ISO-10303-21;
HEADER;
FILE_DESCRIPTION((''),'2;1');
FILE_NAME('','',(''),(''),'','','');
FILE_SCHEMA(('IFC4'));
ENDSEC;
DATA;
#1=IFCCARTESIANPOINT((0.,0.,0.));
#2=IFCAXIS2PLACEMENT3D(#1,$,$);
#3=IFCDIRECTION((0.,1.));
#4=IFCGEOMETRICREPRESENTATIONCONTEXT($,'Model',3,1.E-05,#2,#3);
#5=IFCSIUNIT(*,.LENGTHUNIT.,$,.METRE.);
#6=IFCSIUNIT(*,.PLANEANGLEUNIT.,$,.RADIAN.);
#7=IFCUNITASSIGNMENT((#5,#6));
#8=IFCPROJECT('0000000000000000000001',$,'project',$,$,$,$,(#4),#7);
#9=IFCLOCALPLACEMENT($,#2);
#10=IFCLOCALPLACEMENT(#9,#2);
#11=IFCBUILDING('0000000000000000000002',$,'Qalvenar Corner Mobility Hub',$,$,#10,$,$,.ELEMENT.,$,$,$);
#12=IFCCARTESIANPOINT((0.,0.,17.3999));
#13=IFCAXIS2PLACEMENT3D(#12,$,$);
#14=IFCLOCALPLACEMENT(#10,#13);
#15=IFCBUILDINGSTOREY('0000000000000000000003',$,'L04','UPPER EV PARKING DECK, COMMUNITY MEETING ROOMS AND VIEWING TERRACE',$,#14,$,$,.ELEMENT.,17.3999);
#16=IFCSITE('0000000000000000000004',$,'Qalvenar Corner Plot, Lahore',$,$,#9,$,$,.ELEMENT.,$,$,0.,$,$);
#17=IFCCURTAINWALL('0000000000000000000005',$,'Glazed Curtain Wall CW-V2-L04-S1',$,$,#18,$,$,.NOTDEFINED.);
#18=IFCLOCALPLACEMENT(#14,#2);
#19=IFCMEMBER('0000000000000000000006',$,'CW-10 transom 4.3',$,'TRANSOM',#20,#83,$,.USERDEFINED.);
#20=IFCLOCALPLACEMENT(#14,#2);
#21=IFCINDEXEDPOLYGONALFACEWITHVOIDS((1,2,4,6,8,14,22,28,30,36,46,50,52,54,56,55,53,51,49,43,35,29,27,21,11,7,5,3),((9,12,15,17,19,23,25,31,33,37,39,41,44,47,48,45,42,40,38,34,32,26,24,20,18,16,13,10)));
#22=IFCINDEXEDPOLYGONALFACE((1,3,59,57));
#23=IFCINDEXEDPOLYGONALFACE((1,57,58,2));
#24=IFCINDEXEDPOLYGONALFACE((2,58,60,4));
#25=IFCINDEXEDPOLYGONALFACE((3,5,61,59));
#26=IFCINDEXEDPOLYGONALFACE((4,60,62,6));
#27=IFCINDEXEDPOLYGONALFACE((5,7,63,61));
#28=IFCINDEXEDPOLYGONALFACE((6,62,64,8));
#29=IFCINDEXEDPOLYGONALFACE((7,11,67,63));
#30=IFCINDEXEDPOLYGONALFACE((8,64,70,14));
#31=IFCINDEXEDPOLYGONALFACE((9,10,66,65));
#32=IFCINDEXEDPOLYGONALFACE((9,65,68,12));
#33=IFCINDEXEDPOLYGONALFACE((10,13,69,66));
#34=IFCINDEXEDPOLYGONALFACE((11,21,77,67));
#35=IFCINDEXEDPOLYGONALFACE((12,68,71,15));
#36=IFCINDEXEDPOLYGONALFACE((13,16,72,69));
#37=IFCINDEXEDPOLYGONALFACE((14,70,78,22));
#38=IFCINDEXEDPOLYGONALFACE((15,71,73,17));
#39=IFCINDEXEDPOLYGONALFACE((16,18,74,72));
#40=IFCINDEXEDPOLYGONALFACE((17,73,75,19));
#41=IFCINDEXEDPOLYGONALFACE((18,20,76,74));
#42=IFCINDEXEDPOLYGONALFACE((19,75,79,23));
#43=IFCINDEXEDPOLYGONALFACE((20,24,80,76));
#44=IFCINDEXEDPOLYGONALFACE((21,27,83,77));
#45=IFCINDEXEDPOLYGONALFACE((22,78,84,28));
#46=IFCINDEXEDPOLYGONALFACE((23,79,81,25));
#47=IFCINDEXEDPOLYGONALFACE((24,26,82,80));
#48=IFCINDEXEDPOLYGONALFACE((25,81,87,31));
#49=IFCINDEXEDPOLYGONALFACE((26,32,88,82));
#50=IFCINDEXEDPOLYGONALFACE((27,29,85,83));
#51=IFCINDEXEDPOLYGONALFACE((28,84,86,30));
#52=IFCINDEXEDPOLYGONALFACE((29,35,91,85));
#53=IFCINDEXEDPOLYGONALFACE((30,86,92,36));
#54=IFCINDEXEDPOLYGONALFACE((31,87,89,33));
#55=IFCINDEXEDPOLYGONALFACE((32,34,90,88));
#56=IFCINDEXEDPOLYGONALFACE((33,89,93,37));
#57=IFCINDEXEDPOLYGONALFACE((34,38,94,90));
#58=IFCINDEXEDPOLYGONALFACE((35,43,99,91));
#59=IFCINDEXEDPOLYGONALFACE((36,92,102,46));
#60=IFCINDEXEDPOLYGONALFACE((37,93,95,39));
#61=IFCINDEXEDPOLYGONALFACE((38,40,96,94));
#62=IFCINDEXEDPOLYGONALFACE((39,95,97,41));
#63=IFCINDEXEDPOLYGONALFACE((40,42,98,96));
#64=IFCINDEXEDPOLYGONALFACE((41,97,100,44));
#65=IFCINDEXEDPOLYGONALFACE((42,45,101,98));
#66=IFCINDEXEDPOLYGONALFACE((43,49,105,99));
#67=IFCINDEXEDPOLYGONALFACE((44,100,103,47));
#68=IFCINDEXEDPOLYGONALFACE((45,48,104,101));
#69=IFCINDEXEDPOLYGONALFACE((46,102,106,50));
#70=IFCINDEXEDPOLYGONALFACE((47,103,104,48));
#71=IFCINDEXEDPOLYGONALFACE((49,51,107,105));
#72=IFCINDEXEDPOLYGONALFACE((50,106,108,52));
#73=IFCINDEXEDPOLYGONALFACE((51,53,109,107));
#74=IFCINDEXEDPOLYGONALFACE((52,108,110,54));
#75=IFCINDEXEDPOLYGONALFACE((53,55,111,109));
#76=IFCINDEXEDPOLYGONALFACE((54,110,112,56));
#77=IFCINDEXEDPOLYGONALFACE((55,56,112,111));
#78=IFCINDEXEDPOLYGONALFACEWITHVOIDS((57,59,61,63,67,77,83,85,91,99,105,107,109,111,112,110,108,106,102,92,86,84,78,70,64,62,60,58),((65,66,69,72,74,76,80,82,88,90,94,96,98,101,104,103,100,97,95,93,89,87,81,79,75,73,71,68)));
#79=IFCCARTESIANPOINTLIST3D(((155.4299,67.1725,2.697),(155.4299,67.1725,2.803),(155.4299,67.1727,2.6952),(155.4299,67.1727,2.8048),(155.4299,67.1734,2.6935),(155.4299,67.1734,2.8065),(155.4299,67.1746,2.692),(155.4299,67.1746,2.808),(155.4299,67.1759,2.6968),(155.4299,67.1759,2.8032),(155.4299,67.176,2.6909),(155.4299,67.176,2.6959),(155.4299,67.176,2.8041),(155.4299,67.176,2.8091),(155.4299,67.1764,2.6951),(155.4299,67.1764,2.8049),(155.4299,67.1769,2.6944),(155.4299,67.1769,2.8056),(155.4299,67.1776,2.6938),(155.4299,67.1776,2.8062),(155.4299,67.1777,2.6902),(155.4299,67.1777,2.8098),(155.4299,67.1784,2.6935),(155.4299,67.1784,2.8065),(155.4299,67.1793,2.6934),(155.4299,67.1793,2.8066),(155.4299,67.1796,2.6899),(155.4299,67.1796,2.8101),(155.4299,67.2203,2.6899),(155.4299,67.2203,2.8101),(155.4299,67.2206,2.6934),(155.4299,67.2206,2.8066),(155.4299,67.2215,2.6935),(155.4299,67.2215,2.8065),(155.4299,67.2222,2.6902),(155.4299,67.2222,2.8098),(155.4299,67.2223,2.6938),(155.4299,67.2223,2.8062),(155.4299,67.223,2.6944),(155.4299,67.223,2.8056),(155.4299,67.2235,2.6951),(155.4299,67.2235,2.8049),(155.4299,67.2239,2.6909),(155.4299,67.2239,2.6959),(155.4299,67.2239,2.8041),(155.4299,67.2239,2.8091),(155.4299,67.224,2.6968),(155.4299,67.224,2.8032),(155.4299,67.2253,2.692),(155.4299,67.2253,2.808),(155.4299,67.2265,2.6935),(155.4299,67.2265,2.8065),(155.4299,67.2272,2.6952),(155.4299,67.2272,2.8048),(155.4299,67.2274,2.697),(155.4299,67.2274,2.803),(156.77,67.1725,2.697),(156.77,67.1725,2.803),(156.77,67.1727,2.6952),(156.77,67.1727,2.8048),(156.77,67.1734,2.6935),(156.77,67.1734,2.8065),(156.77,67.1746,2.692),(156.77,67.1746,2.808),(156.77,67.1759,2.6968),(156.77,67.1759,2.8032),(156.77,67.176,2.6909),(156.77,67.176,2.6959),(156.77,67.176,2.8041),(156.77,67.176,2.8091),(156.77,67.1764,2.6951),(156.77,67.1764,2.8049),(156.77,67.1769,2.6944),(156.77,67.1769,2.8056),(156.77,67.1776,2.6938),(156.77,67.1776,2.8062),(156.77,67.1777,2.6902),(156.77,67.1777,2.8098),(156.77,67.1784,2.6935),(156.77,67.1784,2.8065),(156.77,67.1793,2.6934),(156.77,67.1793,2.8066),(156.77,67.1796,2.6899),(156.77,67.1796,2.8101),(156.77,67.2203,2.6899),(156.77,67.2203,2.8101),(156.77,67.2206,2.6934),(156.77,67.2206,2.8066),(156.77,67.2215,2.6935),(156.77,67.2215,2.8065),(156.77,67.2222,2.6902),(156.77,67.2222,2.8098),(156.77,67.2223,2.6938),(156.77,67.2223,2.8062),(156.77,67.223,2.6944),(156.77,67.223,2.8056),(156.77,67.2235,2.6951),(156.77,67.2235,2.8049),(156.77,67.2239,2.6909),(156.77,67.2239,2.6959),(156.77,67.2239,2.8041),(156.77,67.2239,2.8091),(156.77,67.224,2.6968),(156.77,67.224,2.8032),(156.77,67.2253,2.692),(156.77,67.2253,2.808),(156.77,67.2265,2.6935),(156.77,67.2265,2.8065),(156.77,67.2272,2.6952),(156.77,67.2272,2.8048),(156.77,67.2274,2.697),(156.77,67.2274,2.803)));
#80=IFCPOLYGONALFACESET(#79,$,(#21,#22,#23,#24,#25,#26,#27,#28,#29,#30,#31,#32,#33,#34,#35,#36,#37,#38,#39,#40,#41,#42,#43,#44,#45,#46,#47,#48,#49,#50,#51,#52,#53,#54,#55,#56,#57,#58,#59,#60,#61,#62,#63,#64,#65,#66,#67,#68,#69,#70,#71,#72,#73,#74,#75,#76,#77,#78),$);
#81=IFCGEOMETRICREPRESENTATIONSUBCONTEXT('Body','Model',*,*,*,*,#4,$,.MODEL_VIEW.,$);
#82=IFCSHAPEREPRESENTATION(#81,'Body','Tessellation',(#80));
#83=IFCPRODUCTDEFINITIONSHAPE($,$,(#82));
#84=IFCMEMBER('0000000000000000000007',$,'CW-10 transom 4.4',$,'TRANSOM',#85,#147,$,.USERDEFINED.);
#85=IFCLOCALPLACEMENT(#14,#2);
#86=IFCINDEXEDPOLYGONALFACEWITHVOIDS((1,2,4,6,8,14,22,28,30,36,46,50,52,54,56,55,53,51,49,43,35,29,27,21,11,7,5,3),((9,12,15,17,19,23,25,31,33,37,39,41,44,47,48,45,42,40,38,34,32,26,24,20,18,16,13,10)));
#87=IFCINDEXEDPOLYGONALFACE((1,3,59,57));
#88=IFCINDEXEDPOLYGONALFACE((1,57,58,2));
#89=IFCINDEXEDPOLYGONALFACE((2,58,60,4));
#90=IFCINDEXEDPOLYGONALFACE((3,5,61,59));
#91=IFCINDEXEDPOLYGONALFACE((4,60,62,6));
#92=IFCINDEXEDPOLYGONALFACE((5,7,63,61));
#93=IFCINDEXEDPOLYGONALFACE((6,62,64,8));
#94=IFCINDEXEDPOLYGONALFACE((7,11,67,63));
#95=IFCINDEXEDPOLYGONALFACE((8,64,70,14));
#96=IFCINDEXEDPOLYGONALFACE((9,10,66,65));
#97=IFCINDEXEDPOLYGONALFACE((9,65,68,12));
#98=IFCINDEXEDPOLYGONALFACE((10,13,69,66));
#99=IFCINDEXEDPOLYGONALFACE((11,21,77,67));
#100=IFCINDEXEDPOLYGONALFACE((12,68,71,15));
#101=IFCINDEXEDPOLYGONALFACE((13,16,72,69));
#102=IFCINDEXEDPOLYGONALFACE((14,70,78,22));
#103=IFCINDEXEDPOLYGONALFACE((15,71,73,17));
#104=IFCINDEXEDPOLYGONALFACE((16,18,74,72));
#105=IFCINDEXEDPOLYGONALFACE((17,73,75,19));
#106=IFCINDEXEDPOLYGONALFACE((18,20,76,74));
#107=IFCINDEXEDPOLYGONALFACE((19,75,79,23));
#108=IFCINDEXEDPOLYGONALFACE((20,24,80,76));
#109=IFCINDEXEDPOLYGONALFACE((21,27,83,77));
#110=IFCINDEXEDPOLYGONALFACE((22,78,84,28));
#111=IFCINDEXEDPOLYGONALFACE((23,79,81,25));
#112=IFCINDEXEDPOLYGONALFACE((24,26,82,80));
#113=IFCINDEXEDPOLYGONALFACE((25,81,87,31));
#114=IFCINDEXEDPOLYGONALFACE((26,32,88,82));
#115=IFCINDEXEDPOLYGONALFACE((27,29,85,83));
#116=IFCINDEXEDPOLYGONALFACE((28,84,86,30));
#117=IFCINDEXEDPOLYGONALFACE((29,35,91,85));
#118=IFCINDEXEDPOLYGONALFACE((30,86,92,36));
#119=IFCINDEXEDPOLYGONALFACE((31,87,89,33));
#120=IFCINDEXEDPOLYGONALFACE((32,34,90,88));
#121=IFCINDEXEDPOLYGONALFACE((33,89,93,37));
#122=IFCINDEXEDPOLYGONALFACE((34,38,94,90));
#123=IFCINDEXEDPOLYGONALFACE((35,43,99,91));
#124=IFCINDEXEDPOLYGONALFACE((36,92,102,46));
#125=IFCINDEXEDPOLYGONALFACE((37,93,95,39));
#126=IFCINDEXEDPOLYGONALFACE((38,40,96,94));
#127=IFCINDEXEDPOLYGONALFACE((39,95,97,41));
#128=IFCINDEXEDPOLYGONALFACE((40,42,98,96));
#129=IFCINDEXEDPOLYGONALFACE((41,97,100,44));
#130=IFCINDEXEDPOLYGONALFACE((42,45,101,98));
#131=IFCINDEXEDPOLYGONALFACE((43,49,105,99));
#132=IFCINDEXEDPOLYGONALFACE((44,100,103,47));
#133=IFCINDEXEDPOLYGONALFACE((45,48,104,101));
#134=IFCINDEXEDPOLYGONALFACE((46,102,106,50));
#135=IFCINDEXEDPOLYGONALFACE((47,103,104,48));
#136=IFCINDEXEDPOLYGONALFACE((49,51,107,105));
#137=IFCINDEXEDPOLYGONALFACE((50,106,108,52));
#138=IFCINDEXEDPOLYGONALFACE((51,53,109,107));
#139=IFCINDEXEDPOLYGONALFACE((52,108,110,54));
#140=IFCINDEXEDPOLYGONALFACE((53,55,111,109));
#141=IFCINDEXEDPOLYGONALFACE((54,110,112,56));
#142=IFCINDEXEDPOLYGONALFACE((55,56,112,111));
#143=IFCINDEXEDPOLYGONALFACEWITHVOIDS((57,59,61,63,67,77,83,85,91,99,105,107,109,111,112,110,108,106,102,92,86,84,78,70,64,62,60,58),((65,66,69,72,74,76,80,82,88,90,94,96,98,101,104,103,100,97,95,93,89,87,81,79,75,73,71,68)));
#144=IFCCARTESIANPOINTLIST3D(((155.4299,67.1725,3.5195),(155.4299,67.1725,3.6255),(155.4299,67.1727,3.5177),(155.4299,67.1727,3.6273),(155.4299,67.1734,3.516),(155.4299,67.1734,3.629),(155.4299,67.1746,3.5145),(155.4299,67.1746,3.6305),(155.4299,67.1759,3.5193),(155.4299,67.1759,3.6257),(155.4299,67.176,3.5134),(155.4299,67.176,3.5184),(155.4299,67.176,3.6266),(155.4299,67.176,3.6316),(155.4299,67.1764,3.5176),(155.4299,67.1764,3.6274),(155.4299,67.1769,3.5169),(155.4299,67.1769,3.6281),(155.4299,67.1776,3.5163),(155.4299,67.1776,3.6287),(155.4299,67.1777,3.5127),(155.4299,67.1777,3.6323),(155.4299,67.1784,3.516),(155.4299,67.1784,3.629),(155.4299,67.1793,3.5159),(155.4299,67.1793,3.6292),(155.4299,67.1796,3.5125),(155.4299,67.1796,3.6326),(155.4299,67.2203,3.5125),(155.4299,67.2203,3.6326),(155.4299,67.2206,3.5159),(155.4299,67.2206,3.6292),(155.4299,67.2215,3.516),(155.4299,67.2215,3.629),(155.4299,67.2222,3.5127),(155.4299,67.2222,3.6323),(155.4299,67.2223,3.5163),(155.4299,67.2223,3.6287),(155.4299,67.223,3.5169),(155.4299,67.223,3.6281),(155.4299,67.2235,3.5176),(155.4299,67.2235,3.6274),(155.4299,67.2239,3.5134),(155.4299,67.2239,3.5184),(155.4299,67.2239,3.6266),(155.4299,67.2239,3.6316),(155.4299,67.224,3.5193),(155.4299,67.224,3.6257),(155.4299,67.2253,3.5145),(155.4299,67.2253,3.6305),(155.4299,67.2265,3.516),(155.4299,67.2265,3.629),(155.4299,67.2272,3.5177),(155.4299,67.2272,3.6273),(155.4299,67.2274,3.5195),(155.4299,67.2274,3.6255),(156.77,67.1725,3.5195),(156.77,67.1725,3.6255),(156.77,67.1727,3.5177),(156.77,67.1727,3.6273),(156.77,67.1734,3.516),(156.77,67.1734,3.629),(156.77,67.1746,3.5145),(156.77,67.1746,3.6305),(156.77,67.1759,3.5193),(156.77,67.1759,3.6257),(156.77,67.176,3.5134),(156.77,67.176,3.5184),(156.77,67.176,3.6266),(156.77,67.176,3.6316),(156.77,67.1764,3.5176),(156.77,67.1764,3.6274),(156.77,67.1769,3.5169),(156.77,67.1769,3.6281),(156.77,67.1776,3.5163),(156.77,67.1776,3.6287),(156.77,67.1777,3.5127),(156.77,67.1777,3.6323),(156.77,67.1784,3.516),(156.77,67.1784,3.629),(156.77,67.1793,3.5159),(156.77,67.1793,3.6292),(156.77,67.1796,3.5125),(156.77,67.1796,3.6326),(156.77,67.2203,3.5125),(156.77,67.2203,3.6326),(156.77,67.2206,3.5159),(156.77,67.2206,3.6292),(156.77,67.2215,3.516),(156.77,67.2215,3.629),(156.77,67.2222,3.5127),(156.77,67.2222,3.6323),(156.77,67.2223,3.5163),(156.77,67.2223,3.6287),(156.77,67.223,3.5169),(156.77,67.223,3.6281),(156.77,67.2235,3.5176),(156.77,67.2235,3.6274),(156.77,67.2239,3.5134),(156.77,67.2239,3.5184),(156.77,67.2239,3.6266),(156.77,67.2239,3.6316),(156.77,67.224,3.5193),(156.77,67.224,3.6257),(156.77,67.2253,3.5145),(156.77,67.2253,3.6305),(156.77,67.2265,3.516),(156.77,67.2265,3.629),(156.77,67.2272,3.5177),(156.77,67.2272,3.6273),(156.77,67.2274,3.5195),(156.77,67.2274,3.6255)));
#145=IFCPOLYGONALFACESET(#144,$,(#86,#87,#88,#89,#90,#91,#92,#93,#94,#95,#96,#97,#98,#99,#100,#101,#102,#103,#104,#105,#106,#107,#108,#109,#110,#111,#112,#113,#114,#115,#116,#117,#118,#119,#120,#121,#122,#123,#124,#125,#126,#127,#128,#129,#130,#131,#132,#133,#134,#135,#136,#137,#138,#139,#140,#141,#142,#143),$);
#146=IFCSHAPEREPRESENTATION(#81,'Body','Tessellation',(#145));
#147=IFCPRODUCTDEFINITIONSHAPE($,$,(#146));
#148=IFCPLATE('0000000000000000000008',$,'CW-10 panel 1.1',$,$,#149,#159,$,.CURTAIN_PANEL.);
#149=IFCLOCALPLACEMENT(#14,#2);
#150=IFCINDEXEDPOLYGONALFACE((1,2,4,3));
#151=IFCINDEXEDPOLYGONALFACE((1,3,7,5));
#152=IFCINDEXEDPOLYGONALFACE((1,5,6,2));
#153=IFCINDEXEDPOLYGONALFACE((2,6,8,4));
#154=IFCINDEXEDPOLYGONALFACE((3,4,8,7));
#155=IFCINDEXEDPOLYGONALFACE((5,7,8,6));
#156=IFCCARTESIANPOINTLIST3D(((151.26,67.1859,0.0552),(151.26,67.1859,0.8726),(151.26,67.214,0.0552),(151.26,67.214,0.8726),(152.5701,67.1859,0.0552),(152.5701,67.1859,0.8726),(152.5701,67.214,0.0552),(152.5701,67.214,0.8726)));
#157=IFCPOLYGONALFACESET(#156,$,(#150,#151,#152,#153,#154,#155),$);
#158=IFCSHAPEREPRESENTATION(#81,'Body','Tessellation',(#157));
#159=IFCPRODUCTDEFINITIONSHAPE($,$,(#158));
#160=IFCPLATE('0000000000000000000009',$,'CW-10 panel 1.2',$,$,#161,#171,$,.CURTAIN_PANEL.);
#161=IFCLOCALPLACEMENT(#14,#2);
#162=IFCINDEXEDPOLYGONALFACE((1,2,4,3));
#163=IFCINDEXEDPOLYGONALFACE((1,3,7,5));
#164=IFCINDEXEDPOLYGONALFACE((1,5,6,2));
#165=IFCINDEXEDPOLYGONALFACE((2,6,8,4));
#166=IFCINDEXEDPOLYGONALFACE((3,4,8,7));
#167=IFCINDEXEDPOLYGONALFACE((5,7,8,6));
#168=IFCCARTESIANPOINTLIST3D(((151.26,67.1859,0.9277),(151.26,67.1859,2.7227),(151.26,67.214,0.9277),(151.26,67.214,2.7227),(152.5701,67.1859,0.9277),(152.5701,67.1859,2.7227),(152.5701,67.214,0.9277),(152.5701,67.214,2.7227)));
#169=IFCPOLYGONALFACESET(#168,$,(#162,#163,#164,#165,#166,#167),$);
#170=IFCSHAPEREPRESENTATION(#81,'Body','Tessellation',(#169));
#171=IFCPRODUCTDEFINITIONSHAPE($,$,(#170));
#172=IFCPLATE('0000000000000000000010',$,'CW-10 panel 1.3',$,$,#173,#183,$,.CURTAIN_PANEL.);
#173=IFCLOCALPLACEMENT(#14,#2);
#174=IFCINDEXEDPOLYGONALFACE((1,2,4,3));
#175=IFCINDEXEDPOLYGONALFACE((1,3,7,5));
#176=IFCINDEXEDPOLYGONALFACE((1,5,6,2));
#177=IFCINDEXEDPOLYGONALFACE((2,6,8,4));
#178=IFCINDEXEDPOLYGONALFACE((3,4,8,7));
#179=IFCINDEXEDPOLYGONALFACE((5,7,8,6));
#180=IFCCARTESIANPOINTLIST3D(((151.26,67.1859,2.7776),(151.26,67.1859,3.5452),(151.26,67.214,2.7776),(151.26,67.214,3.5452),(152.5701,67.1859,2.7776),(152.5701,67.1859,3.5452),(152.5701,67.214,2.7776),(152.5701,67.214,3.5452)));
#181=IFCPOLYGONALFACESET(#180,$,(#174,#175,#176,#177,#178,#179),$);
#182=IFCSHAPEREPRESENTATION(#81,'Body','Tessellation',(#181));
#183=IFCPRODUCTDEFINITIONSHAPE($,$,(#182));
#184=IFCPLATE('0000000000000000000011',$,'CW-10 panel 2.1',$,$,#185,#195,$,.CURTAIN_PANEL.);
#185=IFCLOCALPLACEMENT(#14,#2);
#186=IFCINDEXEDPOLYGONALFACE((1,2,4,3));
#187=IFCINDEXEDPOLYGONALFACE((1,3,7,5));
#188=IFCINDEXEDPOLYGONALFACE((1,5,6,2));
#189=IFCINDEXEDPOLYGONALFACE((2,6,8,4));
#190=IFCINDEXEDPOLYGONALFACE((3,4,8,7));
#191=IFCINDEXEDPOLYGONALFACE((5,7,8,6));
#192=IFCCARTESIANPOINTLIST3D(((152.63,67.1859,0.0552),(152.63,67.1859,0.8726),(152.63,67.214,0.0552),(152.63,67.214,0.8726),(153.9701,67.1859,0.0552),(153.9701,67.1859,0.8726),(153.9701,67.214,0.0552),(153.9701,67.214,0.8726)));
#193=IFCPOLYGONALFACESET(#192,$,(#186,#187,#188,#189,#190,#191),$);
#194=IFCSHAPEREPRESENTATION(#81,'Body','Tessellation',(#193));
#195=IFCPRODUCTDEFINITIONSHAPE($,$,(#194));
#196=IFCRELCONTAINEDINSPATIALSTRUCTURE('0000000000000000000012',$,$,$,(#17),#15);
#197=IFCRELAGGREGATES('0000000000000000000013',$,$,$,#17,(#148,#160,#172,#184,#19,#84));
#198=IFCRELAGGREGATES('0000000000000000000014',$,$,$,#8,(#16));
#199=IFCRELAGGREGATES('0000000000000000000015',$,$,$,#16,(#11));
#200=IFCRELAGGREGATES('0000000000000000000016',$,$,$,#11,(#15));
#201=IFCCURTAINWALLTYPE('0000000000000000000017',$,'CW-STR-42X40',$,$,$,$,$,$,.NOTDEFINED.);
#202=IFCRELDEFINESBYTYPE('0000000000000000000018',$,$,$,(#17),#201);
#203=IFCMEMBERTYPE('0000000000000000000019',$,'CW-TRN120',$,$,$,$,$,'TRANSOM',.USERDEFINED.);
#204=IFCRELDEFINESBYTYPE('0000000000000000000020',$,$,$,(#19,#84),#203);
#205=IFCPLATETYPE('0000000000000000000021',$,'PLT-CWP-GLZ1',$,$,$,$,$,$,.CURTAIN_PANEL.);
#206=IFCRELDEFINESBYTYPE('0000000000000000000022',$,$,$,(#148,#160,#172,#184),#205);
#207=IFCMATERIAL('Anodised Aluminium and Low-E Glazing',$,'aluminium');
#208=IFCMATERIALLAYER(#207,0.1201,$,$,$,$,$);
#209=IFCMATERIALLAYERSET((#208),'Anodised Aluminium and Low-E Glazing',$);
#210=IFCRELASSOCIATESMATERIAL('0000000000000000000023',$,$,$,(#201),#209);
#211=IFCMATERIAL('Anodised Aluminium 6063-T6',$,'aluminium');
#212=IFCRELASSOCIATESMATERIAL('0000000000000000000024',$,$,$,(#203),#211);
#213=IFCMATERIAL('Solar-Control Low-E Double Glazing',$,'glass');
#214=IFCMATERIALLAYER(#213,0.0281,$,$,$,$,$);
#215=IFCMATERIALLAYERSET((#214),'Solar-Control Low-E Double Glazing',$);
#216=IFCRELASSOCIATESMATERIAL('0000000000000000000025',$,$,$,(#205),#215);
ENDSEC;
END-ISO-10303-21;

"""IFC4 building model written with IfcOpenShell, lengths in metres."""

from ifc_helpers import new_model, si_unit, direction, frame, origin, origin_2d, place, context, subcontext, project, spatial, rectangle, hollow_rectangle, extrude, material, layer, layer_set, material_profile, profile_set, type_object, element, aggregate, save


model = new_model("IFC4")

# Units and contexts
model_context = context("Model", 3, precision=1e-05, world=origin(), true_north=direction((0.0, 1.0)))
body_context = subcontext(model_context, "Body", "Model", "MODEL_VIEW")
ifc_project = project(units=[si_unit("LENGTHUNIT", "METRE"), si_unit("PLANEANGLEUNIT", "RADIAN")], contexts=[model_context])

# Site, building, storey
site_placement = place(None, origin())
site = spatial("IfcSite", under=ifc_project, at=site_placement, Name="Qalvenar Corner Plot, Lahore", CompositionType="ELEMENT", RefElevation=0.0)
building_placement = place(site_placement, origin())
building = spatial("IfcBuilding", under=site, at=building_placement, Name="Qalvenar Corner Mobility Hub", CompositionType="ELEMENT")
storey_placement = place(building_placement, frame((0.0, 0.0, 17.3999)))
storey = spatial("IfcBuildingStorey", under=building, at=storey_placement, Name="L04", Description="UPPER EV PARKING DECK, COMMUNITY MEETING ROOMS AND VIEWING TERRACE", CompositionType="ELEMENT", Elevation=17.3999)

# Curtain wall, members, plates
ifc_material_1 = material(Name="Anodised Aluminium and Low-E Glazing", Category="aluminium")
ifc_layer_1 = layer(ifc_material_1, 0.1201)
ifc_layer_set_1 = layer_set([ifc_layer_1], Name="Anodised Aluminium and Low-E Glazing")
curtain_wall_type = type_object("IfcCurtainWallType", Name="CW-STR-42X40", PredefinedType="NOTDEFINED", material=ifc_layer_set_1)
curtain_wall_placement = place(storey_placement, origin())
curtain_wall = element("IfcCurtainWall", 1, at=curtain_wall_placement, inside=storey, type_object=curtain_wall_type, Name="Glazed Curtain Wall CW-V2-L04-S1", PredefinedType="NOTDEFINED")
ifc_material_2 = material(Name="Anodised Aluminium 6063-T6", Category="aluminium")
ifc_material_profile_1 = material_profile(ifc_material_2, hollow_rectangle(XDim=0.0549, YDim=0.1201, WallThickness=0.0034, InnerFilletRadius=0.0034, OuterFilletRadius=0.0071, at=origin_2d()), Name="RHS120x55x3.5")
ifc_profile_set_1 = profile_set([ifc_material_profile_1], Name="Anodised Aluminium 6063-T6")
member_type_1 = type_object("IfcMemberType", Name="CW-TRN120", ElementType="TRANSOM", PredefinedType="USERDEFINED", material=ifc_profile_set_1)
member_1_placement = place(storey_placement, frame((155.4299, 67.2, 2.75), z_axis=(1.0, 0.0, 0.0), x_axis=(0.0, 1.0, 0.0)))
member_1 = element("IfcMember", 2, at=member_1_placement, type_object=member_type_1, Name="CW-10 transom 4.3", ObjectType="TRANSOM", PredefinedType="USERDEFINED", context=body_context, shape_type="SweptSolid", body=[
    extrude(hollow_rectangle(XDim=0.0549, YDim=0.1201, WallThickness=0.0034, InnerFilletRadius=0.0034, OuterFilletRadius=0.0071, at=origin_2d()), origin(), (0.0, 0.0, 1.0), 1.3401),
])
member_2_placement = place(storey_placement, frame((155.4299, 67.2, 3.5725), z_axis=(1.0, 0.0, 0.0), x_axis=(0.0, 1.0, 0.0)))
member_2 = element("IfcMember", 3, at=member_2_placement, type_object=member_type_1, Name="CW-10 transom 4.4", ObjectType="TRANSOM", PredefinedType="USERDEFINED", context=body_context, shape_type="SweptSolid", body=[
    extrude(hollow_rectangle(XDim=0.0549, YDim=0.1201, WallThickness=0.0034, InnerFilletRadius=0.0034, OuterFilletRadius=0.0071, at=origin_2d()), origin(), (0.0, 0.0, 1.0), 1.3401),
])
ifc_material_3 = material(Name="Solar-Control Low-E Double Glazing", Category="glass")
ifc_layer_2 = layer(ifc_material_3, 0.0281)
ifc_layer_set_2 = layer_set([ifc_layer_2], Name="Solar-Control Low-E Double Glazing")
plate_type = type_object("IfcPlateType", Name="PLT-CWP-GLZ1", PredefinedType="CURTAIN_PANEL", material=ifc_layer_set_2)
plate_1_placement = place(storey_placement, frame((151.915, 67.2, 0.0552), z_axis=(0.0, 0.0, 1.0), x_axis=(1.0, 0.0, 0.0)))
plate_1 = element("IfcPlate", 4, at=plate_1_placement, type_object=plate_type, Name="CW-10 panel 1.1", PredefinedType="CURTAIN_PANEL", context=body_context, shape_type="SweptSolid", body=[
    extrude(rectangle(XDim=1.3101, YDim=0.0281, at=origin_2d()), origin(), (0.0, 0.0, 1.0), 0.8174),
])
plate_2_placement = place(storey_placement, frame((151.915, 67.2, 0.9277), z_axis=(0.0, 0.0, 1.0), x_axis=(1.0, 0.0, 0.0)))
plate_2 = element("IfcPlate", 5, at=plate_2_placement, type_object=plate_type, Name="CW-10 panel 1.2", PredefinedType="CURTAIN_PANEL", context=body_context, shape_type="SweptSolid", body=[
    extrude(rectangle(XDim=1.3101, YDim=0.0281, at=origin_2d()), origin(), (0.0, 0.0, 1.0), 1.7949),
])
plate_3_placement = place(storey_placement, frame((151.915, 67.2, 2.7776), z_axis=(0.0, 0.0, 1.0), x_axis=(1.0, 0.0, 0.0)))
plate_3 = element("IfcPlate", 6, at=plate_3_placement, type_object=plate_type, Name="CW-10 panel 1.3", PredefinedType="CURTAIN_PANEL", context=body_context, shape_type="SweptSolid", body=[
    extrude(rectangle(XDim=1.3101, YDim=0.0281, at=origin_2d()), origin(), (0.0, 0.0, 1.0), 0.7676),
])
plate_4_placement = place(storey_placement, frame((153.3, 67.2, 0.0552), z_axis=(0.0, 0.0, 1.0), x_axis=(1.0, 0.0, 0.0)))
plate_4 = element("IfcPlate", 7, at=plate_4_placement, type_object=plate_type, Name="CW-10 panel 2.1", PredefinedType="CURTAIN_PANEL", context=body_context, shape_type="SweptSolid", body=[
    extrude(rectangle(XDim=1.3401, YDim=0.0281, at=origin_2d()), origin(), (0.0, 0.0, 1.0), 0.8174),
])
aggregate(curtain_wall, [plate_1, plate_2, plate_3, plate_4, member_1, member_2])

save(model, "model.ifc")
